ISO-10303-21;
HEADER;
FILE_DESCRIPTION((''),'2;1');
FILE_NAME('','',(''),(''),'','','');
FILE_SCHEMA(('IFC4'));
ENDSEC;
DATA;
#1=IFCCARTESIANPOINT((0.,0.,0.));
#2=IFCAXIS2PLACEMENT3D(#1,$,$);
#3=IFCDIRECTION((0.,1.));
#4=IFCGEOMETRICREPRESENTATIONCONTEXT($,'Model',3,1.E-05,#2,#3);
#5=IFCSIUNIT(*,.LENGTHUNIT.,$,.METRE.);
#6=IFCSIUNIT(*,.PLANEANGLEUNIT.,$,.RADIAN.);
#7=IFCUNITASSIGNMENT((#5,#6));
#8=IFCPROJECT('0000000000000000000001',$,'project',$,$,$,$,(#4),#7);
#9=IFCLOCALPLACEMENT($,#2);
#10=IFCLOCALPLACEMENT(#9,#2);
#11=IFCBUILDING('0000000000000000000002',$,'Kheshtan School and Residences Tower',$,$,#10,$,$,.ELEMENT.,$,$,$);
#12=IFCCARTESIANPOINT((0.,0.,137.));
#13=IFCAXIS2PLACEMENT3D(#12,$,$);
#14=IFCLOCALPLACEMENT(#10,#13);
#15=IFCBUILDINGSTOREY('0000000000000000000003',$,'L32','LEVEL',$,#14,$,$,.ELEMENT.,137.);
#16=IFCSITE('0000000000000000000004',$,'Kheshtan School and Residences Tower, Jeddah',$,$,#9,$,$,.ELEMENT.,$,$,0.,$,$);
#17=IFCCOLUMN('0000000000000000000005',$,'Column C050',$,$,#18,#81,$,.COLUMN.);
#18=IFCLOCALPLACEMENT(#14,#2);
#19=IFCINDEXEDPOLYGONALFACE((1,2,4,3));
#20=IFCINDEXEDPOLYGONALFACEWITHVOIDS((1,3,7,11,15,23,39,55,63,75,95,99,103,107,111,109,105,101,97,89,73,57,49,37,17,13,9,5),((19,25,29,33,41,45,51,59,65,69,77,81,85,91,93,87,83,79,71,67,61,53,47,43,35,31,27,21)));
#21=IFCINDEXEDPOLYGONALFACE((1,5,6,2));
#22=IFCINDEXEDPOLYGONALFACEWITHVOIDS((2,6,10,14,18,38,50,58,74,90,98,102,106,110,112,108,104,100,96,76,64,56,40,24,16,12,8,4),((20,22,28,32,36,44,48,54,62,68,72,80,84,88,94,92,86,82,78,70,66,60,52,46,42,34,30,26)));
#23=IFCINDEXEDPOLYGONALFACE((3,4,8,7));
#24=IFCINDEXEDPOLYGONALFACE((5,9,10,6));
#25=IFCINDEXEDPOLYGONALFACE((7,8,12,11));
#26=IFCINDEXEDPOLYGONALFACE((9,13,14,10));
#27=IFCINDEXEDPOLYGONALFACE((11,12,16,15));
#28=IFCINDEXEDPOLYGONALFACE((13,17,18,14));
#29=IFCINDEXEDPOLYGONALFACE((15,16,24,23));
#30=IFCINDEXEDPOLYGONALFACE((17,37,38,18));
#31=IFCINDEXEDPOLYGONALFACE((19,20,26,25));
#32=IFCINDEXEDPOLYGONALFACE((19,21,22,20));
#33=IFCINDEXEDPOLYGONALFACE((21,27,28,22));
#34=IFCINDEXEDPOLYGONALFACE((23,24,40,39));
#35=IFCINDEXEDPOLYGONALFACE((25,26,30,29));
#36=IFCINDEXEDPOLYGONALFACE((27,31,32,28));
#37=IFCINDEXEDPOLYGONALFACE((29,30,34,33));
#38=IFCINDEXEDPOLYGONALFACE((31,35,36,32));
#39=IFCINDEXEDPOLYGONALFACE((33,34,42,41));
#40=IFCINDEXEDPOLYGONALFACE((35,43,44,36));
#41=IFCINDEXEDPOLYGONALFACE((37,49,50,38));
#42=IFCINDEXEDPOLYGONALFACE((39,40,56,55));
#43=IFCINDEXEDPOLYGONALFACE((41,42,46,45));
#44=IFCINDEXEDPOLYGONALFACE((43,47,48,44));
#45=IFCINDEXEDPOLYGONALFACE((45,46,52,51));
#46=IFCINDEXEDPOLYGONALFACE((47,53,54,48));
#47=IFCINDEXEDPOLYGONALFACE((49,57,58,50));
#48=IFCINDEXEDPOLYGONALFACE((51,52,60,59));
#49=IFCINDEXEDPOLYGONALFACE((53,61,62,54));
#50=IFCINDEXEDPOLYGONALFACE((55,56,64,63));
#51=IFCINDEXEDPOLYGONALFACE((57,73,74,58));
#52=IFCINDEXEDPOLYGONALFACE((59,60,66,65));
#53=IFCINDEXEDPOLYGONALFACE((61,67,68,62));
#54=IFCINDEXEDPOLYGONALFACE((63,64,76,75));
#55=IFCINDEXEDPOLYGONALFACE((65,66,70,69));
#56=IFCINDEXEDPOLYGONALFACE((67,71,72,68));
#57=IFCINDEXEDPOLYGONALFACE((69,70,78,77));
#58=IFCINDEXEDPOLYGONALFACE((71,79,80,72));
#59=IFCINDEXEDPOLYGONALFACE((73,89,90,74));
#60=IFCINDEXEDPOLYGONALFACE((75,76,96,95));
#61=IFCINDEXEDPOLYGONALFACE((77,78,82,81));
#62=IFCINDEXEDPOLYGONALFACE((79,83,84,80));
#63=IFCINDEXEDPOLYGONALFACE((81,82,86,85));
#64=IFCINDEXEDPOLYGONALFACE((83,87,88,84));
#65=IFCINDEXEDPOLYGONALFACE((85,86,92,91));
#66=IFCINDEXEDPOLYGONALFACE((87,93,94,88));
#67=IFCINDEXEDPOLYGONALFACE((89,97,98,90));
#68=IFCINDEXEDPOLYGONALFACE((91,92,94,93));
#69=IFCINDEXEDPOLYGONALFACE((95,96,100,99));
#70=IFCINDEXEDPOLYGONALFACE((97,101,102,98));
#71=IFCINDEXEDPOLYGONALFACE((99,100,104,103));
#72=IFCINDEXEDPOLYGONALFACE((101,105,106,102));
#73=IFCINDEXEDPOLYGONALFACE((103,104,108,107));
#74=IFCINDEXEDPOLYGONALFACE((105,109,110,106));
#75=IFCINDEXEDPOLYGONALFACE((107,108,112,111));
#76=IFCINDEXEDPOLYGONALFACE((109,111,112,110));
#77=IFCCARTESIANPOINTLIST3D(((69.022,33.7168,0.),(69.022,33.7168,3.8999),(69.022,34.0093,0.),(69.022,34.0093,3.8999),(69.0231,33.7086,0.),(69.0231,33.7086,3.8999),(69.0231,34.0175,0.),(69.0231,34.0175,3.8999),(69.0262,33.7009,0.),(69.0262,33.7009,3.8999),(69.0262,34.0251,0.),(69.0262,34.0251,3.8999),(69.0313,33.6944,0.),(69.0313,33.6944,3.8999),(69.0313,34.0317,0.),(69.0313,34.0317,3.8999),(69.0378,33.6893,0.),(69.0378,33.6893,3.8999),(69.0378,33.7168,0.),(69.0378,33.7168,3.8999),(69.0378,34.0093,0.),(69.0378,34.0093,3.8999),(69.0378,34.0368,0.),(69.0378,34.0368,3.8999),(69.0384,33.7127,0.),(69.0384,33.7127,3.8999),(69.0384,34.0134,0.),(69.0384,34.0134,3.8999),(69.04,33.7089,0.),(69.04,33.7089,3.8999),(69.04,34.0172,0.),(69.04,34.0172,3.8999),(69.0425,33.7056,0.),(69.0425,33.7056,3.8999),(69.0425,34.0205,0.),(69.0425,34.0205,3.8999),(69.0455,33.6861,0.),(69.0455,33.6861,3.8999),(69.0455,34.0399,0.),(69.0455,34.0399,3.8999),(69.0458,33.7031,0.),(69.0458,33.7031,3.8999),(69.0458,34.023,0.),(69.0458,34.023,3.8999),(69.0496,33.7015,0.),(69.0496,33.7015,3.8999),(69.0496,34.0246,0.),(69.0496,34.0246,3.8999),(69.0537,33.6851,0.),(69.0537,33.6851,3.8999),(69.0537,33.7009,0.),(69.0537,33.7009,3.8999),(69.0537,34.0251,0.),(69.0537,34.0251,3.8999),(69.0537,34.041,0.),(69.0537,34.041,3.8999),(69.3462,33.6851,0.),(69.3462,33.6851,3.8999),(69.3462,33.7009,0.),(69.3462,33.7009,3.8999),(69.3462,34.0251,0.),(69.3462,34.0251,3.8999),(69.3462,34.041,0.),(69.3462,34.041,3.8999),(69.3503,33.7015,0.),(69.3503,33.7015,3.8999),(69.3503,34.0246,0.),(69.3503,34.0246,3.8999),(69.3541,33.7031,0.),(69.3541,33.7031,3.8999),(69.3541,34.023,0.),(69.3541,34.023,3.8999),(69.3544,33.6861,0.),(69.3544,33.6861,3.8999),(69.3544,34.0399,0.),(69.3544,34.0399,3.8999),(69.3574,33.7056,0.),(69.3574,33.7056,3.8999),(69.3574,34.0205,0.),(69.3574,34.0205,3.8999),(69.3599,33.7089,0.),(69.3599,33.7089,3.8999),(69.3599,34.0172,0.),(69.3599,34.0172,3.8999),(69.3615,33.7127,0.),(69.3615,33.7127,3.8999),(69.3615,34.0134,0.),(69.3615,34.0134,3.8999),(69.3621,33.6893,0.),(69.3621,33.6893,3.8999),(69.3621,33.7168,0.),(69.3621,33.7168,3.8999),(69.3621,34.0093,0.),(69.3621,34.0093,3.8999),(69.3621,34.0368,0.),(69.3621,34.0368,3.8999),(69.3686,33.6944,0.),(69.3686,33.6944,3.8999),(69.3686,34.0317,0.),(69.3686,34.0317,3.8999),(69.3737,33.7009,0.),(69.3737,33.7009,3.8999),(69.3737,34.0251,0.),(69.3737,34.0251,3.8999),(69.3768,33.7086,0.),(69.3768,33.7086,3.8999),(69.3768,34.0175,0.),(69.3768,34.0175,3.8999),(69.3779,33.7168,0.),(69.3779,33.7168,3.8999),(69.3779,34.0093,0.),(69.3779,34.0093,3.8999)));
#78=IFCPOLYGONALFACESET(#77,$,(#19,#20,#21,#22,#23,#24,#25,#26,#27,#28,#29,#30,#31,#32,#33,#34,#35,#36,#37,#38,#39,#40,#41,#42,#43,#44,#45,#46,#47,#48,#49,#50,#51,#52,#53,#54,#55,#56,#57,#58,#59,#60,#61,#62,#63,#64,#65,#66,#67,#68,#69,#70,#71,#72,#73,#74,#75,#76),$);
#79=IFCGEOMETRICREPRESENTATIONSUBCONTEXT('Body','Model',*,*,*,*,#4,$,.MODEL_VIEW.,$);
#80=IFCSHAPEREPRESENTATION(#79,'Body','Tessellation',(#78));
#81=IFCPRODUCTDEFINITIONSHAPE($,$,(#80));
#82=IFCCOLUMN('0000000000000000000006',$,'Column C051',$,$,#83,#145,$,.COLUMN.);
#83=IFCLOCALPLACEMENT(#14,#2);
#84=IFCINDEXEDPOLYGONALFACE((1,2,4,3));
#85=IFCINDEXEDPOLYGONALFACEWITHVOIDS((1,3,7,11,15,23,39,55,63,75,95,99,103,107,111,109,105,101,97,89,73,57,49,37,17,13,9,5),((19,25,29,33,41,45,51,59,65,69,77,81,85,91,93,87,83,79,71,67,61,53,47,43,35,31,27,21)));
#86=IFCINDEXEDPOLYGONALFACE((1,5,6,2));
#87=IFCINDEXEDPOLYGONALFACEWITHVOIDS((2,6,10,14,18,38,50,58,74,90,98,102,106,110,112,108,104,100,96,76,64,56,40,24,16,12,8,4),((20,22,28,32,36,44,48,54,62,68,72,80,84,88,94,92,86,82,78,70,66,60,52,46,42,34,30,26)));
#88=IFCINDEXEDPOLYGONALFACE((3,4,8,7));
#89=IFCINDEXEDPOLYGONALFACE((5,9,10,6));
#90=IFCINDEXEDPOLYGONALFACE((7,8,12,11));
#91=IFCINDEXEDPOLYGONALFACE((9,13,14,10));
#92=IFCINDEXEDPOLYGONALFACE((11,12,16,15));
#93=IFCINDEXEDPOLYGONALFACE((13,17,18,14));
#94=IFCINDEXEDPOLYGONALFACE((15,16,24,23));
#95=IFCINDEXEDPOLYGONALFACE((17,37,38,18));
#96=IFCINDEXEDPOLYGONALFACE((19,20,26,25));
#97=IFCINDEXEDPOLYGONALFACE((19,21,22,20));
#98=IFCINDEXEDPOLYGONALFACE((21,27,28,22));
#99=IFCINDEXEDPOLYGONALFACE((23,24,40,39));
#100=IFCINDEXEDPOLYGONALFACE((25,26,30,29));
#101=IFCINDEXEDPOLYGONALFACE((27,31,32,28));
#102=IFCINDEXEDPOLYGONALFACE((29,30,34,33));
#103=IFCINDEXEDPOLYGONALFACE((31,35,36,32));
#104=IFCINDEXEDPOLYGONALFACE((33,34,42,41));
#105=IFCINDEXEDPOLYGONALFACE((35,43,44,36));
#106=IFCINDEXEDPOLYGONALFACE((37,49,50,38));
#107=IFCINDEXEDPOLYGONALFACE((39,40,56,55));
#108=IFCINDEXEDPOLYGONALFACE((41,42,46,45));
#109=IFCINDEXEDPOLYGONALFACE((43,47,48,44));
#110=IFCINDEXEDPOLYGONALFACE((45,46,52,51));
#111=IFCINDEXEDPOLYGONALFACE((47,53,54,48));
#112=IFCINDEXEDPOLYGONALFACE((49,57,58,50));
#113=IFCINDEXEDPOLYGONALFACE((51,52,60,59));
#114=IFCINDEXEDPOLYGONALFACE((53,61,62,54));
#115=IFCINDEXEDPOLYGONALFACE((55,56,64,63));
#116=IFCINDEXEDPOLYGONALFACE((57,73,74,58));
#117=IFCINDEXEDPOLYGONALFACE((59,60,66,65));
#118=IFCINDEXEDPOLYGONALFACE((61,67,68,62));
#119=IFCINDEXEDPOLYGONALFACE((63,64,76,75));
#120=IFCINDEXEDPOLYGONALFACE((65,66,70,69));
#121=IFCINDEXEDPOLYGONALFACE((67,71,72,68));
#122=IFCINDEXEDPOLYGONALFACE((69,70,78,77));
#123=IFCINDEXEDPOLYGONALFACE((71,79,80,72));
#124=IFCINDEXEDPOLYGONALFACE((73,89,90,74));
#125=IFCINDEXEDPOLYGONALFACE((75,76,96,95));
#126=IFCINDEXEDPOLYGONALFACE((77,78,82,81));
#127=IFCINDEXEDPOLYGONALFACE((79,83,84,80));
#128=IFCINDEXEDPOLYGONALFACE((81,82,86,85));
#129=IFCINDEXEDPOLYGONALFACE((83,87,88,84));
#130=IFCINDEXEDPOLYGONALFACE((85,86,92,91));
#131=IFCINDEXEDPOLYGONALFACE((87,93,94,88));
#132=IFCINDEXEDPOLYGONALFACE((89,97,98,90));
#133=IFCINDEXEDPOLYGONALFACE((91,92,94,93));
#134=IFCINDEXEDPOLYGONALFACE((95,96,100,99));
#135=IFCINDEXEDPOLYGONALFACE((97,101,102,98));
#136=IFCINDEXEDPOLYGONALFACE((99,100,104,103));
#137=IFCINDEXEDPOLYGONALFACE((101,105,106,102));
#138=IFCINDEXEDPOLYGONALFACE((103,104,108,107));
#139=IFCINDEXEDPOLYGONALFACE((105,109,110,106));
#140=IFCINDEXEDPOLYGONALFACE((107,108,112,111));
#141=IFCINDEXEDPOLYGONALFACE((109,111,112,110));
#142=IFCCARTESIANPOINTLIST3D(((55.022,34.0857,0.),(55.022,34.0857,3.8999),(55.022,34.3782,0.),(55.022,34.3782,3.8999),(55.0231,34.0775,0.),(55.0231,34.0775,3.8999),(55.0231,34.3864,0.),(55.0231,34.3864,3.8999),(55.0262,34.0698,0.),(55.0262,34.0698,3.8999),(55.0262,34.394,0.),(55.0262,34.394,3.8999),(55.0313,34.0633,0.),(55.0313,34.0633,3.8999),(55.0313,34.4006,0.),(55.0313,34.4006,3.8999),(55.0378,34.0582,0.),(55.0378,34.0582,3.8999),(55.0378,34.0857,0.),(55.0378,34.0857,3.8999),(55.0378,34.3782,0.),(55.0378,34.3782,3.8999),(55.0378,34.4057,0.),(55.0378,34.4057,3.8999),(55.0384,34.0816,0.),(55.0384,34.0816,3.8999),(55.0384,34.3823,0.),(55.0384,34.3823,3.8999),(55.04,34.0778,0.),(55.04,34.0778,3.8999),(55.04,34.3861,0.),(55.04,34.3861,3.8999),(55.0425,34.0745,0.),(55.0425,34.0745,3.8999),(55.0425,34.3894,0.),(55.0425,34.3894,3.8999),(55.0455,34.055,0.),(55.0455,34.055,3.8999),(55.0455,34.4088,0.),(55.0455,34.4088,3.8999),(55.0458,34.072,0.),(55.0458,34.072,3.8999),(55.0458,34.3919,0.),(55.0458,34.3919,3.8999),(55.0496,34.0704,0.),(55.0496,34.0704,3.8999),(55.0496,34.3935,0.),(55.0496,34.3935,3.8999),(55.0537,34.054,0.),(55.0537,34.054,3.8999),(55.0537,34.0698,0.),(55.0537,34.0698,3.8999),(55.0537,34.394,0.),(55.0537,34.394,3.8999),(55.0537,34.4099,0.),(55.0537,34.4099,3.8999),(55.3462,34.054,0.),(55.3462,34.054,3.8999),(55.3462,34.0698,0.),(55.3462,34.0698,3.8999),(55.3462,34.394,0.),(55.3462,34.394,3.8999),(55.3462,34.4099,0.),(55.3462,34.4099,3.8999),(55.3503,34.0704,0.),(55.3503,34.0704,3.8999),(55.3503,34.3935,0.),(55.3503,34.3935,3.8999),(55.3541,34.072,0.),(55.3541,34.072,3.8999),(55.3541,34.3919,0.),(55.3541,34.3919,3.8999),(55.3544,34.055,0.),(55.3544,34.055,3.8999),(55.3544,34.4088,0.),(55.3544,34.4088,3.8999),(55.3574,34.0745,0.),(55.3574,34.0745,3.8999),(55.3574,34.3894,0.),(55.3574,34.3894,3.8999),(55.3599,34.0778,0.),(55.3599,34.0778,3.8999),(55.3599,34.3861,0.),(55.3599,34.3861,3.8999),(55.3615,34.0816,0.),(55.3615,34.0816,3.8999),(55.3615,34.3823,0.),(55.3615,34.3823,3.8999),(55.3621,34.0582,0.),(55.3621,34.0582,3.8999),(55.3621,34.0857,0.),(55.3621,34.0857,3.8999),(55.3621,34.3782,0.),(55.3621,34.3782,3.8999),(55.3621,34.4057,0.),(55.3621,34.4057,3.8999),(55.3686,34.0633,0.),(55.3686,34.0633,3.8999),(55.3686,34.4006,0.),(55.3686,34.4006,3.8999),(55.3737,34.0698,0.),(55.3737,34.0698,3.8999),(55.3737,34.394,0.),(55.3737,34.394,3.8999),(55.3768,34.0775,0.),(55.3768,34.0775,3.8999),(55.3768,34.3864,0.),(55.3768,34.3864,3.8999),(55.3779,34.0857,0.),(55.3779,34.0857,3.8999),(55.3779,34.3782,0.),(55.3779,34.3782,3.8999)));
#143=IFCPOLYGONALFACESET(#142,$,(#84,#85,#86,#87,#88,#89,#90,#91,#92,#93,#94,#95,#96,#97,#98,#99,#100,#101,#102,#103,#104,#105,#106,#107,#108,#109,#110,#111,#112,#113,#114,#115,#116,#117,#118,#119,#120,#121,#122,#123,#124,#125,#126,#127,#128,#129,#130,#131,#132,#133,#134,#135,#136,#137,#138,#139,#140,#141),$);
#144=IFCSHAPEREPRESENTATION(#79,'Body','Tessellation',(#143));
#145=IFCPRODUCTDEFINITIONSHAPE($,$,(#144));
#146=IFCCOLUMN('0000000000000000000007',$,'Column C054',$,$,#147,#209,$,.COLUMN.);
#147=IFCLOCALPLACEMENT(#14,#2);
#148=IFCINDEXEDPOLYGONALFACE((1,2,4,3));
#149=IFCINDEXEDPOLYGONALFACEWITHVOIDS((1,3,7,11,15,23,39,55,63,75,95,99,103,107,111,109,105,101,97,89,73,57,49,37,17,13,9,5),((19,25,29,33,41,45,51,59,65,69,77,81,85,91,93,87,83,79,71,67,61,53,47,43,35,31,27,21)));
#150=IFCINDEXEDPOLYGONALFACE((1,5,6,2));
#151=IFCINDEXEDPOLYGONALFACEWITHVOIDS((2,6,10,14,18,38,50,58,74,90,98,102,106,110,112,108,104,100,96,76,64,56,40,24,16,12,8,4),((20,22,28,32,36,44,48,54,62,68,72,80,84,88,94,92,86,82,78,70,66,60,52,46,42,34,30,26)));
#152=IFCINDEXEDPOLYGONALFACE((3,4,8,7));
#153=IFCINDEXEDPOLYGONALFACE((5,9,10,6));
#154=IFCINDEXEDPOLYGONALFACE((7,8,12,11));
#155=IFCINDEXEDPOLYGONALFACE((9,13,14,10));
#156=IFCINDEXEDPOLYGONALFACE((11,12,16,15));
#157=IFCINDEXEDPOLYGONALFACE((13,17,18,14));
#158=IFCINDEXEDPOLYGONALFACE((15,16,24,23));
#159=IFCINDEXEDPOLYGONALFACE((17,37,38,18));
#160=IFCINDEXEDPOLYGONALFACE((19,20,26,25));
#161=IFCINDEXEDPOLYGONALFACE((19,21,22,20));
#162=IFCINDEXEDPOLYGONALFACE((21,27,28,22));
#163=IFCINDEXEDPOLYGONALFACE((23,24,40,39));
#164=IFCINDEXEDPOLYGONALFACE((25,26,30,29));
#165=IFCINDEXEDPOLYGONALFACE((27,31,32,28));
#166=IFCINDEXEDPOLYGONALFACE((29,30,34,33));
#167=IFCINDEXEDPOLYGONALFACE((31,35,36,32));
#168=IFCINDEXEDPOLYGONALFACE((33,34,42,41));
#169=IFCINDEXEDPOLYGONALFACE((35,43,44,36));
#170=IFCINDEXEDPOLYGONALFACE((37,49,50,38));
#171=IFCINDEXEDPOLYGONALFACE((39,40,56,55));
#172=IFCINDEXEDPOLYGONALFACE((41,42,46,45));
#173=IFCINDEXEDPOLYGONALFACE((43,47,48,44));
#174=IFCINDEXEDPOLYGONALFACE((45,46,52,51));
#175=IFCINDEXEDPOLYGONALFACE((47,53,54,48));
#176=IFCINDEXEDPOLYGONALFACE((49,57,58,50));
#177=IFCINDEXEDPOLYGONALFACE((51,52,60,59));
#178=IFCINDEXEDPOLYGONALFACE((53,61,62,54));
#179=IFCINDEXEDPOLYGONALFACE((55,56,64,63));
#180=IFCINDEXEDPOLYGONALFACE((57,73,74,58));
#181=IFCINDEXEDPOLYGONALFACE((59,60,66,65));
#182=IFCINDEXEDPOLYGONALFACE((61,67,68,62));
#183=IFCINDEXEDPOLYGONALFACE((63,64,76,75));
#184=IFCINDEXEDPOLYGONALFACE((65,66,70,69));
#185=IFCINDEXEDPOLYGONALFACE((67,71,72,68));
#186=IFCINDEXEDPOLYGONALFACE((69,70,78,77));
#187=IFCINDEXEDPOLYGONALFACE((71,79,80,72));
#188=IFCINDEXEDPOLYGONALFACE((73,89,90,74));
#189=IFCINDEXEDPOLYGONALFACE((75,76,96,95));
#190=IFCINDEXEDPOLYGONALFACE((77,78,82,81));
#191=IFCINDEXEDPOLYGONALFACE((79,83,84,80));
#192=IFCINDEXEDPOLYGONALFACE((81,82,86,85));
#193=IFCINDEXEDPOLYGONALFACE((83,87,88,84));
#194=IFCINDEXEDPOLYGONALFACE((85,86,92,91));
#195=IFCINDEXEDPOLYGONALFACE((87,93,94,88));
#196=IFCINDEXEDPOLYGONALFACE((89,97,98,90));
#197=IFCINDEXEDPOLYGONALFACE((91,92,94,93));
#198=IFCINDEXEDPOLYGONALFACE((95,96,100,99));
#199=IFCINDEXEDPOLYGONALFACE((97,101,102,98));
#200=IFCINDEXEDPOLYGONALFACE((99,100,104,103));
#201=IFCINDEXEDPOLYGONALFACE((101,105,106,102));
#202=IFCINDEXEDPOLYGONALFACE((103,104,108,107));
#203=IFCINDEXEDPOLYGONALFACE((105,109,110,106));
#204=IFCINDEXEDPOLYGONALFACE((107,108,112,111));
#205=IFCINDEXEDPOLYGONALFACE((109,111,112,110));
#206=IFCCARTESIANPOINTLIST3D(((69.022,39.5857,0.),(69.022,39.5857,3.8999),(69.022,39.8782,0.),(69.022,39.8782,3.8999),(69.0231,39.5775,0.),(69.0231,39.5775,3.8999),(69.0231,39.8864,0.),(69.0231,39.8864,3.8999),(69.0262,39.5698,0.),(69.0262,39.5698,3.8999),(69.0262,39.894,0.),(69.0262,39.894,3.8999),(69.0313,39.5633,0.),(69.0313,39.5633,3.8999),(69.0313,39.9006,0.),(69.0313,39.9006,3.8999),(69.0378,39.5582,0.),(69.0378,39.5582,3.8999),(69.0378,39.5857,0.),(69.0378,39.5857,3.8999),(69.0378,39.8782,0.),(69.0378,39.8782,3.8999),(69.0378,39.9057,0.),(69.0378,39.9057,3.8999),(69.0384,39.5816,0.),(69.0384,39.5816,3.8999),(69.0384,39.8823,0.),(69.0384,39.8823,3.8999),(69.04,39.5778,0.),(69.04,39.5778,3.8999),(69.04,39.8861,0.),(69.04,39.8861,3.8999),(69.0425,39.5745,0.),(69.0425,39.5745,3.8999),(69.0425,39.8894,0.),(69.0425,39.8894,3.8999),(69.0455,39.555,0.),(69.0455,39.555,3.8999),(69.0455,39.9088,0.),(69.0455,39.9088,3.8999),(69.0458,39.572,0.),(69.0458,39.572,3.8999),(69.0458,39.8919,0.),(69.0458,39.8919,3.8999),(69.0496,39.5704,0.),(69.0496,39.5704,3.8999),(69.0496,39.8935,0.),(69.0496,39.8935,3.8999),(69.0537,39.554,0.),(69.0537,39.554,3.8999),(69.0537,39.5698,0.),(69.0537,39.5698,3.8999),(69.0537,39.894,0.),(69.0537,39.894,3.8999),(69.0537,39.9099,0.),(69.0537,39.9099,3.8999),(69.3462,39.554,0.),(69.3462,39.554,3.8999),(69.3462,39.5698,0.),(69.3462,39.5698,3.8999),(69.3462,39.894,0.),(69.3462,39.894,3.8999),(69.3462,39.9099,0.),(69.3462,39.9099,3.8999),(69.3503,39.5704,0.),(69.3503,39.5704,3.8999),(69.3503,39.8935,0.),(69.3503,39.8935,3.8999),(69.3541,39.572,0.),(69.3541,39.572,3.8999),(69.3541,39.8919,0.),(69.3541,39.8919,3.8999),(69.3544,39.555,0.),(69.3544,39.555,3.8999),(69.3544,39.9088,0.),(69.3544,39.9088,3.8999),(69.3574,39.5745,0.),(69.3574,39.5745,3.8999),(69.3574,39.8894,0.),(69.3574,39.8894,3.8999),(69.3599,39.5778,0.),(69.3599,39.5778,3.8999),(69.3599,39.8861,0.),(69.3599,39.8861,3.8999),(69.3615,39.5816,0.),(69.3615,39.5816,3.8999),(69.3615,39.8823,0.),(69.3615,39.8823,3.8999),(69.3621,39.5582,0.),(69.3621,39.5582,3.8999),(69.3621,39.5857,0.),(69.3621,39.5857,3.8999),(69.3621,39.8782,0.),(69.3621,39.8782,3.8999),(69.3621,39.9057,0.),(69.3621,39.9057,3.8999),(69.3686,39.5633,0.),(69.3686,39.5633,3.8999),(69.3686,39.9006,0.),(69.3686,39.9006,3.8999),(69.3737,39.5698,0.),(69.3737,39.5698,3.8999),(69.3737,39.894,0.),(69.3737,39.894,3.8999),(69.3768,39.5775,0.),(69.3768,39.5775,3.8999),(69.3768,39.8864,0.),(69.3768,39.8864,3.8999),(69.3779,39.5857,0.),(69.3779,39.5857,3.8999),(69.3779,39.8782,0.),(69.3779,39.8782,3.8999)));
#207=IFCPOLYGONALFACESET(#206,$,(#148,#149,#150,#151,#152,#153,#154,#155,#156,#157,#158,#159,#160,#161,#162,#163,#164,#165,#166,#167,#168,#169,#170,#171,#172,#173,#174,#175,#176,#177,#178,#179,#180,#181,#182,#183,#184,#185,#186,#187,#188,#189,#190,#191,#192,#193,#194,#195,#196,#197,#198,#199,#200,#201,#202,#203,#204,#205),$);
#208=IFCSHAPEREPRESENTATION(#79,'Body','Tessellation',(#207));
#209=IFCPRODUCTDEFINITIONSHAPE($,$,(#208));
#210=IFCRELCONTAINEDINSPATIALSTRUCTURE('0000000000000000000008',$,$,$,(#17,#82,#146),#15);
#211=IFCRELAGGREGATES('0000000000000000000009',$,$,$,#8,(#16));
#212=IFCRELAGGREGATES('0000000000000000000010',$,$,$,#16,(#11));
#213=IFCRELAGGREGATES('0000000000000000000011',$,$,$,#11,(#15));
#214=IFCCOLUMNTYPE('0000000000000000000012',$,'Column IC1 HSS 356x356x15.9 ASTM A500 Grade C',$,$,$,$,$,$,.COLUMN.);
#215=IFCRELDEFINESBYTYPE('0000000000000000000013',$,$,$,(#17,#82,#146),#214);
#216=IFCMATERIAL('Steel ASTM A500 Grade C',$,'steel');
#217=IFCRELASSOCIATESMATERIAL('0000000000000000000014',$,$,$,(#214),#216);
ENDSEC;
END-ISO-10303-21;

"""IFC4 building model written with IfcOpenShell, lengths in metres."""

from ifc_helpers import new_model, si_unit, direction, frame, origin, origin_2d, place, context, subcontext, project, spatial, hollow_rectangle, extrude, material, material_profile, profile_set, type_object, element, save


model = new_model("IFC4")

# Units and contexts
model_context = context("Model", 3, precision=1e-05, world=origin(), true_north=direction((0.0, 1.0)))
body_context = subcontext(model_context, "Body", "Model", "MODEL_VIEW")
ifc_project = project(units=[si_unit("LENGTHUNIT", "METRE"), si_unit("PLANEANGLEUNIT", "RADIAN")], contexts=[model_context])

# Site, building, storey
site_placement = place(None, origin())
site = spatial("IfcSite", under=ifc_project, at=site_placement, Name="Kheshtan School and Residences Tower, Jeddah", CompositionType="ELEMENT", RefElevation=0.0)
building_placement = place(site_placement, origin())
building = spatial("IfcBuilding", under=site, at=building_placement, Name="Kheshtan School and Residences Tower", CompositionType="ELEMENT")
storey_placement = place(building_placement, frame((0.0, 0.0, 137.0)))
storey = spatial("IfcBuildingStorey", under=building, at=storey_placement, Name="L32", Description="LEVEL", CompositionType="ELEMENT", Elevation=137.0)

# Columns
ifc_material_1 = material(Name="Steel ASTM A500 Grade C", Category="steel")
ifc_material_profile_1 = material_profile(ifc_material_1, hollow_rectangle(XDim=0.356, YDim=0.356, WallThickness=0.0159, InnerFilletRadius=0.0159, OuterFilletRadius=0.0317, at=origin_2d()), Name="HSS 356x356x15.9")
ifc_profile_set_1 = profile_set([ifc_material_profile_1], Name="Steel ASTM A500 Grade C")
column_type = type_object("IfcColumnType", Name="Column IC1 HSS 356x356x15.9 ASTM A500 Grade C", PredefinedType="COLUMN", material=ifc_profile_set_1)
for number, where, z_axis, x_axis, name in (
    (1, (69.2, 33.863, 0.0), (0.0, 0.0, 1.0), (1.0, 0.0, 0.0), "Column C050"),
    (2, (55.2, 34.2319, 0.0), (0.0, 0.0, 1.0), (1.0, 0.0, 0.0), "Column C051"),
    (3, (69.2, 39.7319, 0.0), (0.0, 0.0, 1.0), (1.0, 0.0, 0.0), "Column C054"),
):
    element("IfcColumn", number, at=place(storey_placement, frame(where, z_axis=z_axis, x_axis=x_axis)), inside=storey, type_object=column_type, Name=name, PredefinedType="COLUMN", context=body_context, shape_type="SweptSolid", body=[
        extrude(hollow_rectangle(XDim=0.356, YDim=0.356, WallThickness=0.0159, InnerFilletRadius=0.0159, OuterFilletRadius=0.0317, at=origin_2d()), origin(), (0.0, 0.0, 1.0), 3.8999),
    ])

save(model, "model.ifc")
